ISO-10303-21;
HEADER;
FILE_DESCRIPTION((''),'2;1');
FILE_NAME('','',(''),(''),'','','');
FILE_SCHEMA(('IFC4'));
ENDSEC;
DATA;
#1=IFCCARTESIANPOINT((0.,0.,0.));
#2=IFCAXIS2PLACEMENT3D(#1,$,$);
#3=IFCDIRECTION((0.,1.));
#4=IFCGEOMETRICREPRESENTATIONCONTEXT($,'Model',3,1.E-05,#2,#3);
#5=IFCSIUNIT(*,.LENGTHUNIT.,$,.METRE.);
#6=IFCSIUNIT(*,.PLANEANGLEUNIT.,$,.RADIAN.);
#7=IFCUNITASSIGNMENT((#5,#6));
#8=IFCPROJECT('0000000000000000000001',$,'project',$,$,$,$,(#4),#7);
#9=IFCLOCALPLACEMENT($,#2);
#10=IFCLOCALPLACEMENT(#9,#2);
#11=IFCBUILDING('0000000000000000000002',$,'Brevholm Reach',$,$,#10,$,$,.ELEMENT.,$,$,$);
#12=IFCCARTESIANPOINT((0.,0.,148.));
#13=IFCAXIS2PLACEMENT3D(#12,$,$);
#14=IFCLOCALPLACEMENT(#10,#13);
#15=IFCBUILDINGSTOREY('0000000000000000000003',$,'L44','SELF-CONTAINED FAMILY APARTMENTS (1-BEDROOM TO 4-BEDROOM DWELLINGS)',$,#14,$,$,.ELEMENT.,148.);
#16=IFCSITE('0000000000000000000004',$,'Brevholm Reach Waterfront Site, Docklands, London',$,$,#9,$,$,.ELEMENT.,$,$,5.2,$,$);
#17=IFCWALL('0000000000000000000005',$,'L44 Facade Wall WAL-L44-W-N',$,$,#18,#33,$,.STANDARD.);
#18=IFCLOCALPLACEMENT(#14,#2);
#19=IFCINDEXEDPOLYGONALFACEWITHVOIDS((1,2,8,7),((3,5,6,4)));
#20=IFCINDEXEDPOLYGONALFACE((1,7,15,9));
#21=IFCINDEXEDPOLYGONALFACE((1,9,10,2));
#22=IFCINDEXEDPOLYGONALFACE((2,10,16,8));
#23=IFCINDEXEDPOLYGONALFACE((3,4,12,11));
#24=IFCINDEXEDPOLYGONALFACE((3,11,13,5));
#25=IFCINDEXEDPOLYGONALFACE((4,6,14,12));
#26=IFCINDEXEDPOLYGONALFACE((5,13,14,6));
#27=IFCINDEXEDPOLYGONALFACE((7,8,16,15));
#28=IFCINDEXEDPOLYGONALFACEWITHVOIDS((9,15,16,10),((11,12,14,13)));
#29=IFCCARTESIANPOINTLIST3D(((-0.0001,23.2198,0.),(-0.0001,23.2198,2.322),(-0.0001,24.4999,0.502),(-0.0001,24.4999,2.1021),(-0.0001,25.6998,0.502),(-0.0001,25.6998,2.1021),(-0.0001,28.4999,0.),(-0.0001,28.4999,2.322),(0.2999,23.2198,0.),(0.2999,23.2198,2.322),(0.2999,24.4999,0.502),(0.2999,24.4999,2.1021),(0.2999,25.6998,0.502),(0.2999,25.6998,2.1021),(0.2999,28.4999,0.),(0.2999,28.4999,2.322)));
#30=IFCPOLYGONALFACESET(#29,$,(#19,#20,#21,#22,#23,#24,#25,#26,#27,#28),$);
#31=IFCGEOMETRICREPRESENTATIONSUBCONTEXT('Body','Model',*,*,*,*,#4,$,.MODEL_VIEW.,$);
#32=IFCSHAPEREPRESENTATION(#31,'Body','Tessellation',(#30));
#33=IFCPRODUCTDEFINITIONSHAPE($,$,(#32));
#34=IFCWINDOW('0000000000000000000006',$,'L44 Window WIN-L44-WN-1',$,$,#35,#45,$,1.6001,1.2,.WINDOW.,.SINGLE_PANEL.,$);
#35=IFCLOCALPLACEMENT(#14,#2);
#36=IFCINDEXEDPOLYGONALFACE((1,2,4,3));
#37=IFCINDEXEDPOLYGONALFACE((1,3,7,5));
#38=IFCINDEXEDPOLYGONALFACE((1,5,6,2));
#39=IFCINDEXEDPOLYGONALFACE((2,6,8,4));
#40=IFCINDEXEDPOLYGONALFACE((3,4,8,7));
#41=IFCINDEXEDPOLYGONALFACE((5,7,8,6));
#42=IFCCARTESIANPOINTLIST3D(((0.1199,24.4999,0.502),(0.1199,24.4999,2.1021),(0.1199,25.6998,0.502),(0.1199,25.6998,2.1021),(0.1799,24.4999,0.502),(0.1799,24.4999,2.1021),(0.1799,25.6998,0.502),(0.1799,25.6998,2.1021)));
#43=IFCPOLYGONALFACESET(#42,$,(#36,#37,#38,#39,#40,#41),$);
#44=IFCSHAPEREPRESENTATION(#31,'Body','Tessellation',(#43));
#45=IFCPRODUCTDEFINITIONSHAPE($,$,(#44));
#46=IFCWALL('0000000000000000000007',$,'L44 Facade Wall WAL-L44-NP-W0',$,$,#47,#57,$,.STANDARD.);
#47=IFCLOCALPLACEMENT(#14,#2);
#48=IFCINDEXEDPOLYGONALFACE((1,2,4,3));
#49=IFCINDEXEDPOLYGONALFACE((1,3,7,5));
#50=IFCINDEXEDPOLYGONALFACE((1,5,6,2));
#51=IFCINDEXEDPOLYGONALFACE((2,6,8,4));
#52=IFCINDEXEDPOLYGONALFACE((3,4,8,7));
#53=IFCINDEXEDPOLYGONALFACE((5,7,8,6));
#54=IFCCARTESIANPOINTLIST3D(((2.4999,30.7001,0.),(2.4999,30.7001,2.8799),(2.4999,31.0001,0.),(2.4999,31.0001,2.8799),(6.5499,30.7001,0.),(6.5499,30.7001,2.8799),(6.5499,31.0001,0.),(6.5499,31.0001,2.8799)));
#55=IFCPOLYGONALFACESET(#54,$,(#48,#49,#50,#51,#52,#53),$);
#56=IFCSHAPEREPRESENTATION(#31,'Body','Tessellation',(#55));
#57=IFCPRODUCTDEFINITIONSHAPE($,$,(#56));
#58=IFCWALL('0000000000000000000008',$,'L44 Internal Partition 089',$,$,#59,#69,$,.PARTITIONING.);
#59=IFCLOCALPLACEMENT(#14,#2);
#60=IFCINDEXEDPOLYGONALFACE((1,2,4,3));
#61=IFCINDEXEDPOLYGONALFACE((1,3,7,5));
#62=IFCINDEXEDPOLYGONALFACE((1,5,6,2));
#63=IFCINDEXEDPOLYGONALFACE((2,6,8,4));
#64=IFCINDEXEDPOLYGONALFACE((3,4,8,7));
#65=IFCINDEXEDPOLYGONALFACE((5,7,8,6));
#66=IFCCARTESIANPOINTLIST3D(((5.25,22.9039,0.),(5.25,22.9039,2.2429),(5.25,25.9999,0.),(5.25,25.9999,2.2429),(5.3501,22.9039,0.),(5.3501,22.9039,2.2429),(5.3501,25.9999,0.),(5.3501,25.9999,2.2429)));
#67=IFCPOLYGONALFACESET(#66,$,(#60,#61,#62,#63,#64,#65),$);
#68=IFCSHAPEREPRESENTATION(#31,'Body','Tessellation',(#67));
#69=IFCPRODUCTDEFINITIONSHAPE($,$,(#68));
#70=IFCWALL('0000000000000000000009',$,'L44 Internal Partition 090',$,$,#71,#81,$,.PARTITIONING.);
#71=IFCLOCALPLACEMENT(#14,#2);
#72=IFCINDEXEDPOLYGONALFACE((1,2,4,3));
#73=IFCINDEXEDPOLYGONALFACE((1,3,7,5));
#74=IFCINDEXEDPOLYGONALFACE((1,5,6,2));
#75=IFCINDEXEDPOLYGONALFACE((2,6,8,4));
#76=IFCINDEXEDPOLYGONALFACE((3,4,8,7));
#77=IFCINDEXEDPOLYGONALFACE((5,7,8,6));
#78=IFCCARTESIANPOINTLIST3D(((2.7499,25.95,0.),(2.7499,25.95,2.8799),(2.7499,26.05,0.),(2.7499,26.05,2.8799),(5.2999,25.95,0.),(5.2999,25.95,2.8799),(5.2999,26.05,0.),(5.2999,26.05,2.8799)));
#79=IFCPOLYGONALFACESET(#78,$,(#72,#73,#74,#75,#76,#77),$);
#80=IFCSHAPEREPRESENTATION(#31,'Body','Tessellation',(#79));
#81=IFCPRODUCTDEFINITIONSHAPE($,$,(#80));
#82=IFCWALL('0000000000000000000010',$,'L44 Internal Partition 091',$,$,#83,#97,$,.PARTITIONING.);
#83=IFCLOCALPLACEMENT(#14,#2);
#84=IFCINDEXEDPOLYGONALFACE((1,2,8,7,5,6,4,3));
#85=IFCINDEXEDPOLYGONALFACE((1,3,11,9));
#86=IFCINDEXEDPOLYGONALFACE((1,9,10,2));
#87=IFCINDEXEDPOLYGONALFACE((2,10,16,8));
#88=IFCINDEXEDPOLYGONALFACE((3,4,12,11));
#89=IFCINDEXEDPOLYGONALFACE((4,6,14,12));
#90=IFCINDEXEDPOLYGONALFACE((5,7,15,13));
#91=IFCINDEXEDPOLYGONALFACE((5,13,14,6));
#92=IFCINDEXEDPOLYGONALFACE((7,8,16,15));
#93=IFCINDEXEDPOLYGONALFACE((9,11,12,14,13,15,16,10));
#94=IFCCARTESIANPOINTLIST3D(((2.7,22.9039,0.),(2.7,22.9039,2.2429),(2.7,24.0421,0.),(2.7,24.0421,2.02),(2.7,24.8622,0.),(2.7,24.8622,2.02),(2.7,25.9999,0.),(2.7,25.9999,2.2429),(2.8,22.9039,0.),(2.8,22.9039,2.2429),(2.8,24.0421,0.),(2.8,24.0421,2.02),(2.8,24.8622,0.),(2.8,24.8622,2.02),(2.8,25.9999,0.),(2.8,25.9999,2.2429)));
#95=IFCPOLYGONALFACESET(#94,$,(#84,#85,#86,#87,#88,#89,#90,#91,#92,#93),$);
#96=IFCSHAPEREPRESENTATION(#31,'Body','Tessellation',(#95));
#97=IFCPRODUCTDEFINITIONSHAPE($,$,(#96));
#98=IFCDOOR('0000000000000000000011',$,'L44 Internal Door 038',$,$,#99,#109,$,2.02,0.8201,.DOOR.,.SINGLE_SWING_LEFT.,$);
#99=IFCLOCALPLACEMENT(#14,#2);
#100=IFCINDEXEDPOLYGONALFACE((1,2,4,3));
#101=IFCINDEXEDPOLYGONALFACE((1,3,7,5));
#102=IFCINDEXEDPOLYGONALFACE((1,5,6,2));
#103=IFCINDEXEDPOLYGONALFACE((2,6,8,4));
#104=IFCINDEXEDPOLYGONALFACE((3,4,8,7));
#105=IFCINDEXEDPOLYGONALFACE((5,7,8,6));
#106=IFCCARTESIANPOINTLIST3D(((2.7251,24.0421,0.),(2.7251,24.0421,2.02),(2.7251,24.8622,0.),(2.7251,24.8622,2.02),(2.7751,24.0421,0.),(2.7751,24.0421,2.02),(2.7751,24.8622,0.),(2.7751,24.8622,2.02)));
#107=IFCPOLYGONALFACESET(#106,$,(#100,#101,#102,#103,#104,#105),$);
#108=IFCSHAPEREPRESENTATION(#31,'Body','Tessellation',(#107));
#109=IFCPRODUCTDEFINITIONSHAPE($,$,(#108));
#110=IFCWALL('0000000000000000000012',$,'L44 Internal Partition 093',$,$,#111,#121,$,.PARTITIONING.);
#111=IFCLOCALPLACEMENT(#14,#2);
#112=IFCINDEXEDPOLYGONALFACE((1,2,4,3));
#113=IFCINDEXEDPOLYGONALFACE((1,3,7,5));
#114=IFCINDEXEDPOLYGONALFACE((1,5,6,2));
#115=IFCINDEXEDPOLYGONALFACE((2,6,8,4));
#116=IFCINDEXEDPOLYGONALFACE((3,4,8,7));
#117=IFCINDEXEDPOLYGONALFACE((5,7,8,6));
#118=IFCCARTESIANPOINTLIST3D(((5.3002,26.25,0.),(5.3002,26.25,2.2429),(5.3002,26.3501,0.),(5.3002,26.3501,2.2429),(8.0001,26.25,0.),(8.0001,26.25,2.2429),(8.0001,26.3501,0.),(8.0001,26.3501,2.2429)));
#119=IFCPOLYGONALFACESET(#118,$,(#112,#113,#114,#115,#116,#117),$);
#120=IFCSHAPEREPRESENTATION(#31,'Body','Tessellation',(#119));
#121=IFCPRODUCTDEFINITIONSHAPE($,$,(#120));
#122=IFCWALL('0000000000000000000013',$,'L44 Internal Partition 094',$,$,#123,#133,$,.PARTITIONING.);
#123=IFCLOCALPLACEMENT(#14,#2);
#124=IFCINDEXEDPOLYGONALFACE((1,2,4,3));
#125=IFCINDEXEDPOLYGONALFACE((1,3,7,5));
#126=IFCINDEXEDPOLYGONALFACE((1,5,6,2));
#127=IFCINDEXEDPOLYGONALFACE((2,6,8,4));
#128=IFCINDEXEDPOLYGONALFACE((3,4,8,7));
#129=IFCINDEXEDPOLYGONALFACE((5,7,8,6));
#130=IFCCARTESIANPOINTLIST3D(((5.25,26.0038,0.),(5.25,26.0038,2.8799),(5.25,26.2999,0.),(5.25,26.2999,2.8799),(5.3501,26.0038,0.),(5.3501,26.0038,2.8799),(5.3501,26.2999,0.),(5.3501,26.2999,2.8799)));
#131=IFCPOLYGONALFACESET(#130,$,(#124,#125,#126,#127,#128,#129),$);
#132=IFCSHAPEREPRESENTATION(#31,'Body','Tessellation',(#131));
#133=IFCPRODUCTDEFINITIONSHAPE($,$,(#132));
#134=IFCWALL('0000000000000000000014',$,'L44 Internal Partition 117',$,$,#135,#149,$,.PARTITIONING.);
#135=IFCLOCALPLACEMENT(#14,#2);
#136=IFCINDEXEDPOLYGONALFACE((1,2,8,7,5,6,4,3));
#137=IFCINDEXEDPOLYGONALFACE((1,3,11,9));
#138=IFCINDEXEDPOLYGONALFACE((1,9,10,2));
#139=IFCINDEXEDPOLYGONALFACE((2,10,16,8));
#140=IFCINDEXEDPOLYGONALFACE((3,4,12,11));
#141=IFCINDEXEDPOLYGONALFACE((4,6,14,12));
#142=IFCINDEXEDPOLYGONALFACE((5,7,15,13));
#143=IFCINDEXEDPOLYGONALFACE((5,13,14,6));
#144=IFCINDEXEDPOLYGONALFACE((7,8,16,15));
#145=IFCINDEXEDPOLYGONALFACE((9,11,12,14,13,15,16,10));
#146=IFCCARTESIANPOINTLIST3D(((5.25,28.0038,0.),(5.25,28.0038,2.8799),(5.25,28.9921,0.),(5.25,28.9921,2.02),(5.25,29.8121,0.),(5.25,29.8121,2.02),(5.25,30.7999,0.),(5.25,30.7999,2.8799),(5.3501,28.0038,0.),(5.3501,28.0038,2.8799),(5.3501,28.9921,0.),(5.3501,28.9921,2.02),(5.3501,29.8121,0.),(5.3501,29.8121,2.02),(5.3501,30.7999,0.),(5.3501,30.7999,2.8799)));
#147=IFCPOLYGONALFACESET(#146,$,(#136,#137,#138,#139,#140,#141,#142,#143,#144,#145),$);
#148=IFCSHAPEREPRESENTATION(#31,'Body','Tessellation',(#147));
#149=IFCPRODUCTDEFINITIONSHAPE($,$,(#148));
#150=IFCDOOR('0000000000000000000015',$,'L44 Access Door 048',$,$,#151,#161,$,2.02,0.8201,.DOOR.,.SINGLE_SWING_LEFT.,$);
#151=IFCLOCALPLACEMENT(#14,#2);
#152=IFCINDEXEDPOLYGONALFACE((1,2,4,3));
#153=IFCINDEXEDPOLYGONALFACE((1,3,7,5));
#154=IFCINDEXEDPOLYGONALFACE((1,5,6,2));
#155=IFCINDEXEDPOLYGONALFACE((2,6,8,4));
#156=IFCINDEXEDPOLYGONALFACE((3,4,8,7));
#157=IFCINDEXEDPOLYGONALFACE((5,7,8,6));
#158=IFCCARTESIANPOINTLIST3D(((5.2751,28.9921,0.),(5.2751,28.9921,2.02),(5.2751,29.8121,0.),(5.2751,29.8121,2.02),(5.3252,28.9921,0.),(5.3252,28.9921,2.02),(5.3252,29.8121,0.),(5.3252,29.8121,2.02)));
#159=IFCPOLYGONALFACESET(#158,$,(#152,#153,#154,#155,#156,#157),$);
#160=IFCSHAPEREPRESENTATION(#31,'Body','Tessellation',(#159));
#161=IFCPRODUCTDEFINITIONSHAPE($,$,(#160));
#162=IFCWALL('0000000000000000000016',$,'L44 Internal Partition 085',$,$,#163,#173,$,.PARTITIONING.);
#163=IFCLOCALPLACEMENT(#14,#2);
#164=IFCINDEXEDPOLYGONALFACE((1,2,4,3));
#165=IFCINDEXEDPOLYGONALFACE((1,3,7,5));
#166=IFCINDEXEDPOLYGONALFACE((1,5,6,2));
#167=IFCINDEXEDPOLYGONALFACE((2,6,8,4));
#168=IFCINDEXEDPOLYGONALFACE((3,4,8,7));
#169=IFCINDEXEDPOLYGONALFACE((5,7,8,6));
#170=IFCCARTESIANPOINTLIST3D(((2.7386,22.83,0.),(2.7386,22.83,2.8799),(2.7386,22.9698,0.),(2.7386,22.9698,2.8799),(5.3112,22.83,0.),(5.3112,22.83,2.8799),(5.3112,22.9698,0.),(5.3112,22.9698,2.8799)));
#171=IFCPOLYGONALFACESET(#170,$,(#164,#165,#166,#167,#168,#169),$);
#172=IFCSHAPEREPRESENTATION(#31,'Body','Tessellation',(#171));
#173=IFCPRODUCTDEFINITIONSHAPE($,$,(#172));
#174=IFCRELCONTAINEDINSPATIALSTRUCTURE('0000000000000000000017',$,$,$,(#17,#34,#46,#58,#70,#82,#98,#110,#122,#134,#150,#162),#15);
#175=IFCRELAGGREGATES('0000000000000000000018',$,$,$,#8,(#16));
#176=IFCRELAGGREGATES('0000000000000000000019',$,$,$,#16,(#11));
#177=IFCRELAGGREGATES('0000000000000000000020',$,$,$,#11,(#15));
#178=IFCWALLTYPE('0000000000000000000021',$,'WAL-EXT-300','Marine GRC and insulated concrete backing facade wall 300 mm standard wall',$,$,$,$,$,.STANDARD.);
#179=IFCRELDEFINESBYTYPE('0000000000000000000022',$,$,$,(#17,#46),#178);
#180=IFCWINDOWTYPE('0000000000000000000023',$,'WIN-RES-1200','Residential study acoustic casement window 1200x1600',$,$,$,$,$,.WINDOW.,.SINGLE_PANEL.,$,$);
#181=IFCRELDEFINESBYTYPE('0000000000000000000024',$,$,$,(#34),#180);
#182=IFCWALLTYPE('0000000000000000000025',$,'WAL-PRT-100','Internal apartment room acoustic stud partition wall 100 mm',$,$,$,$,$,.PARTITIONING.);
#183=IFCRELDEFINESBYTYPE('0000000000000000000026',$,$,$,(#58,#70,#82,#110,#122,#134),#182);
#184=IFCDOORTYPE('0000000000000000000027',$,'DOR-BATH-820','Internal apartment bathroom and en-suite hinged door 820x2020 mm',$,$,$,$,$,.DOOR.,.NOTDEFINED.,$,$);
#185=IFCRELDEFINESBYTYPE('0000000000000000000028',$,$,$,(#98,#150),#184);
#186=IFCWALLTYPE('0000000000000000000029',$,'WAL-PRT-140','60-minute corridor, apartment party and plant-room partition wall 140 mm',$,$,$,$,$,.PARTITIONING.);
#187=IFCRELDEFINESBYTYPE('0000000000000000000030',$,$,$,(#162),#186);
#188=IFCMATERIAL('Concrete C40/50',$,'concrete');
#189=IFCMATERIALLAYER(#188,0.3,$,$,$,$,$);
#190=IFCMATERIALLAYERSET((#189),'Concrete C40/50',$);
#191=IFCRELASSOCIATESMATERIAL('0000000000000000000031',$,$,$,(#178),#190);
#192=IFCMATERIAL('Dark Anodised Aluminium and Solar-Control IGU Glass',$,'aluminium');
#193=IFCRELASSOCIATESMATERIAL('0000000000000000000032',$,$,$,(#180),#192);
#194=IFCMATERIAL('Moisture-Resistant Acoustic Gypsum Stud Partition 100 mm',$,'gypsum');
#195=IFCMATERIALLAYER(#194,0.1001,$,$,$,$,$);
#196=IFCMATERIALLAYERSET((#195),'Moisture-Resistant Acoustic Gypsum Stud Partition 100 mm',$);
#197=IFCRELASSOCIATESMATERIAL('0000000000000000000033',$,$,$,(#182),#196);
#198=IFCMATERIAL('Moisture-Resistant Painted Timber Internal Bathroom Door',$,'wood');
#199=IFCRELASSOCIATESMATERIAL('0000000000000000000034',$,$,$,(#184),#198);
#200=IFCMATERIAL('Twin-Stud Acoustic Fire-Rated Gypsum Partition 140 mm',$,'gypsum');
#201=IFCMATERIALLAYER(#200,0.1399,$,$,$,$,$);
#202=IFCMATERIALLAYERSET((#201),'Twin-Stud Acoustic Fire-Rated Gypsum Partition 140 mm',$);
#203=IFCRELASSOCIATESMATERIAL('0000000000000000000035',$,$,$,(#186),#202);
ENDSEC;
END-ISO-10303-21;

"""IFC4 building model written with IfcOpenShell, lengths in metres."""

from ifc_helpers import new_model, si_unit, direction, frame, frame_2d, origin, place, context, subcontext, project, spatial, rectangle, extrude, material, layer, layer_set, type_object, element, fill, save


model = new_model("IFC4")

# Units and contexts
model_context = context("Model", 3, precision=1e-05, world=origin(), true_north=direction((0.0, 1.0)))
body_context = subcontext(model_context, "Body", "Model", "MODEL_VIEW")
ifc_project = project(units=[si_unit("LENGTHUNIT", "METRE"), si_unit("PLANEANGLEUNIT", "RADIAN")], contexts=[model_context])

# Site, building, storey
site_placement = place(None, origin())
site = spatial("IfcSite", under=ifc_project, at=site_placement, Name="Brevholm Reach Waterfront Site, Docklands, London", CompositionType="ELEMENT", RefElevation=5.2)
building_placement = place(site_placement, origin())
building = spatial("IfcBuilding", under=site, at=building_placement, Name="Brevholm Reach", CompositionType="ELEMENT")
storey_placement = place(building_placement, frame((0.0, 0.0, 148.0)))
storey = spatial("IfcBuildingStorey", under=building, at=storey_placement, Name="L44", Description="SELF-CONTAINED FAMILY APARTMENTS (1-BEDROOM TO 4-BEDROOM DWELLINGS)", CompositionType="ELEMENT", Elevation=148.0)

# Shared definitions
ifc_material_1 = material(Name="Concrete C40/50", Category="concrete")
ifc_layer_1 = layer(ifc_material_1, 0.3)
ifc_layer_set_1 = layer_set([ifc_layer_1], Name="Concrete C40/50")
wall_type_1 = type_object("IfcWallType", Name="WAL-EXT-300", Description="Marine GRC and insulated concrete backing facade wall 300 mm standard wall", PredefinedType="STANDARD", material=ifc_layer_set_1)

# Wall, opening, window
wall_1_placement = place(storey_placement, frame((0.1499, 28.5, 0.0), z_axis=(0.0, 0.0, 1.0), x_axis=(0.0, -1.0, 0.0)))
wall_1 = element("IfcWall", 1, at=wall_1_placement, inside=storey, type_object=wall_type_1, Name="L44 Facade Wall WAL-L44-W-N", PredefinedType="STANDARD", context=body_context, shape_type="SweptSolid", body=[
    extrude(rectangle(XDim=5.28, YDim=0.3, at=frame_2d((2.6401, 0.0))), origin(), (0.0, 0.0, 1.0), 2.322),
])
opening_1_placement = place(wall_1_placement, frame((2.8, 0.0, 0.502)))
opening_1 = element("IfcOpeningElement", 2, at=opening_1_placement, cuts=wall_1, PredefinedType="OPENING", context=body_context, shape_type="SweptSolid", body=[
    extrude(rectangle(XDim=1.2, YDim=1.6001, at=frame_2d((0.6001, 0.8))), frame((0.0, 0.1599, 0.0), z_axis=(0.0, -1.0, 0.0), x_axis=(1.0, 0.0, 0.0)), (0.0, 0.0, 1.0), 0.3201),
])
ifc_material_2 = material(Name="Dark Anodised Aluminium and Solar-Control IGU Glass", Category="aluminium")
window_type = type_object("IfcWindowType", Name="WIN-RES-1200", Description="Residential study acoustic casement window 1200x1600", PartitioningType="SINGLE_PANEL", PredefinedType="WINDOW", material=ifc_material_2)
window_placement = place(opening_1_placement, origin())
window = element("IfcWindow", 3, at=window_placement, inside=storey, type_object=window_type, Name="L44 Window WIN-L44-WN-1", OverallHeight=1.6001, OverallWidth=1.2, PartitioningType="SINGLE_PANEL", PredefinedType="WINDOW", context=body_context, shape_type="SweptSolid", body=[
    extrude(rectangle(XDim=1.2, YDim=1.6001, at=frame_2d((0.6001, 0.8))), frame((0.0, 0.03, 0.0), z_axis=(0.0, -1.0, 0.0), x_axis=(1.0, 0.0, 0.0)), (0.0, 0.0, 1.0), 0.0601),
])
fill(opening_1, window)

# Walls
wall_2_placement = place(storey_placement, frame((2.5, 30.8501, 0.0), z_axis=(0.0, 0.0, 1.0), x_axis=(1.0, 0.0, 0.0)))
element("IfcWall", 4, at=wall_2_placement, inside=storey, type_object=wall_type_1, Name="L44 Facade Wall WAL-L44-NP-W0", PredefinedType="STANDARD", context=body_context, shape_type="SweptSolid", body=[
    extrude(rectangle(XDim=4.05, YDim=0.3, at=frame_2d((2.0249, 0.0))), origin(), (0.0, 0.0, 1.0), 2.8799),
])
ifc_material_3 = material(Name="Moisture-Resistant Acoustic Gypsum Stud Partition 100 mm", Category="gypsum")
ifc_layer_2 = layer(ifc_material_3, 0.1001)
ifc_layer_set_2 = layer_set([ifc_layer_2], Name="Moisture-Resistant Acoustic Gypsum Stud Partition 100 mm")
wall_type_2 = type_object("IfcWallType", Name="WAL-PRT-100", Description="Internal apartment room acoustic stud partition wall 100 mm", PredefinedType="PARTITIONING", material=ifc_layer_set_2)
wall_3_placement = place(storey_placement, frame((5.3, 22.9041, 0.0), z_axis=(0.0, 0.0, 1.0), x_axis=(0.0, 1.0, 0.0)))
element("IfcWall", 5, at=wall_3_placement, inside=storey, type_object=wall_type_2, Name="L44 Internal Partition 089", PredefinedType="PARTITIONING", context=body_context, shape_type="SweptSolid", body=[
    extrude(rectangle(XDim=3.0959, YDim=0.1001, at=frame_2d((1.5479, 0.0))), origin(), (0.0, 0.0, 1.0), 2.2429),
])
wall_4_placement = place(storey_placement, frame((2.75, 26.0, 0.0), z_axis=(0.0, 0.0, 1.0), x_axis=(1.0, 0.0, 0.0)))
element("IfcWall", 6, at=wall_4_placement, inside=storey, type_object=wall_type_2, Name="L44 Internal Partition 090", PredefinedType="PARTITIONING", context=body_context, shape_type="SweptSolid", body=[
    extrude(rectangle(XDim=2.55, YDim=0.1001, at=frame_2d((1.2749, 0.0))), origin(), (0.0, 0.0, 1.0), 2.8799),
])

# Wall, opening, door
wall_5_placement = place(storey_placement, frame((2.75, 22.9041, 0.0), z_axis=(0.0, 0.0, 1.0), x_axis=(0.0, 1.0, 0.0)))
wall_5 = element("IfcWall", 7, at=wall_5_placement, inside=storey, type_object=wall_type_2, Name="L44 Internal Partition 091", PredefinedType="PARTITIONING", context=body_context, shape_type="SweptSolid", body=[
    extrude(rectangle(XDim=3.0959, YDim=0.1001, at=frame_2d((1.5479, 0.0))), origin(), (0.0, 0.0, 1.0), 2.2429),
])
opening_2_placement = place(wall_5_placement, frame((1.1379, 0.0, 0.0)))
opening_2 = element("IfcOpeningElement", 8, at=opening_2_placement, cuts=wall_5, PredefinedType="OPENING", context=body_context, shape_type="SweptSolid", body=[
    extrude(rectangle(XDim=0.8201, YDim=2.02, at=frame_2d((0.4102, 1.01))), frame((0.0, 0.0601, 0.0), z_axis=(0.0, -1.0, 0.0), x_axis=(1.0, 0.0, 0.0)), (0.0, 0.0, 1.0), 0.1201),
])
ifc_material_4 = material(Name="Moisture-Resistant Painted Timber Internal Bathroom Door", Category="wood")
door_type = type_object("IfcDoorType", Name="DOR-BATH-820", Description="Internal apartment bathroom and en-suite hinged door 820x2020 mm", OperationType="NOTDEFINED", PredefinedType="DOOR", material=ifc_material_4)
door_1_placement = place(opening_2_placement, origin())
door_1 = element("IfcDoor", 9, at=door_1_placement, inside=storey, type_object=door_type, Name="L44 Internal Door 038", OperationType="SINGLE_SWING_LEFT", OverallHeight=2.02, OverallWidth=0.8201, PredefinedType="DOOR", context=body_context, shape_type="SweptSolid", body=[
    extrude(rectangle(XDim=0.8201, YDim=2.02, at=frame_2d((0.4102, 1.01))), frame((0.0, 0.0249, 0.0), z_axis=(0.0, -1.0, 0.0), x_axis=(1.0, 0.0, 0.0)), (0.0, 0.0, 1.0), 0.05),
])
fill(opening_2, door_1)

# Walls
wall_6_placement = place(storey_placement, frame((5.3, 26.3, 0.0), z_axis=(0.0, 0.0, 1.0), x_axis=(1.0, 0.0, 0.0)))
element("IfcWall", 10, at=wall_6_placement, inside=storey, type_object=wall_type_2, Name="L44 Internal Partition 093", PredefinedType="PARTITIONING", context=body_context, shape_type="SweptSolid", body=[
    extrude(rectangle(XDim=2.7, YDim=0.1001, at=frame_2d((1.3501, 0.0))), origin(), (0.0, 0.0, 1.0), 2.2429),
])
wall_7_placement = place(storey_placement, frame((5.3, 26.0039, 0.0), z_axis=(0.0, 0.0, 1.0), x_axis=(0.0, 1.0, 0.0)))
element("IfcWall", 11, at=wall_7_placement, inside=storey, type_object=wall_type_2, Name="L44 Internal Partition 094", PredefinedType="PARTITIONING", context=body_context, shape_type="SweptSolid", body=[
    extrude(rectangle(XDim=0.2961, YDim=0.1001, at=frame_2d((0.1479, 0.0))), origin(), (0.0, 0.0, 1.0), 2.8799),
])

# Wall, opening, door
wall_8_placement = place(storey_placement, frame((5.3, 28.0039, 0.0), z_axis=(0.0, 0.0, 1.0), x_axis=(0.0, 1.0, 0.0)))
wall_8 = element("IfcWall", 12, at=wall_8_placement, inside=storey, type_object=wall_type_2, Name="L44 Internal Partition 117", PredefinedType="PARTITIONING", context=body_context, shape_type="SweptSolid", body=[
    extrude(rectangle(XDim=2.7961, YDim=0.1001, at=frame_2d((1.3979, 0.0))), origin(), (0.0, 0.0, 1.0), 2.8799),
])
opening_3_placement = place(wall_8_placement, frame((0.988, 0.0, 0.0)))
opening_3 = element("IfcOpeningElement", 13, at=opening_3_placement, cuts=wall_8, PredefinedType="OPENING", context=body_context, shape_type="SweptSolid", body=[
    extrude(rectangle(XDim=0.8201, YDim=2.02, at=frame_2d((0.4102, 1.01))), frame((0.0, 0.0601, 0.0), z_axis=(0.0, -1.0, 0.0), x_axis=(1.0, 0.0, 0.0)), (0.0, 0.0, 1.0), 0.1201),
])
door_2_placement = place(opening_3_placement, origin())
door_2 = element("IfcDoor", 14, at=door_2_placement, inside=storey, type_object=door_type, Name="L44 Access Door 048", OperationType="SINGLE_SWING_LEFT", OverallHeight=2.02, OverallWidth=0.8201, PredefinedType="DOOR", context=body_context, shape_type="SweptSolid", body=[
    extrude(rectangle(XDim=0.8201, YDim=2.02, at=frame_2d((0.4102, 1.01))), frame((0.0, 0.0249, 0.0), z_axis=(0.0, -1.0, 0.0), x_axis=(1.0, 0.0, 0.0)), (0.0, 0.0, 1.0), 0.05),
])
fill(opening_3, door_2)

# Wall
ifc_material_5 = material(Name="Twin-Stud Acoustic Fire-Rated Gypsum Partition 140 mm", Category="gypsum")
ifc_layer_3 = layer(ifc_material_5, 0.1399)
ifc_layer_set_3 = layer_set([ifc_layer_3], Name="Twin-Stud Acoustic Fire-Rated Gypsum Partition 140 mm")
wall_type_3 = type_object("IfcWallType", Name="WAL-PRT-140", Description="60-minute corridor, apartment party and plant-room partition wall 140 mm", PredefinedType="PARTITIONING", material=ifc_layer_set_3)
wall_9_placement = place(storey_placement, frame((2.7388, 22.8999, 0.0), z_axis=(0.0, 0.0, 1.0), x_axis=(1.0, 0.0, 0.0)))
element("IfcWall", 15, at=wall_9_placement, inside=storey, type_object=wall_type_3, Name="L44 Internal Partition 085", PredefinedType="PARTITIONING", context=body_context, shape_type="SweptSolid", body=[
    extrude(rectangle(XDim=2.5725, YDim=0.1399, at=frame_2d((1.2861, 0.0))), origin(), (0.0, 0.0, 1.0), 2.8799),
])

save(model, "model.ifc")
